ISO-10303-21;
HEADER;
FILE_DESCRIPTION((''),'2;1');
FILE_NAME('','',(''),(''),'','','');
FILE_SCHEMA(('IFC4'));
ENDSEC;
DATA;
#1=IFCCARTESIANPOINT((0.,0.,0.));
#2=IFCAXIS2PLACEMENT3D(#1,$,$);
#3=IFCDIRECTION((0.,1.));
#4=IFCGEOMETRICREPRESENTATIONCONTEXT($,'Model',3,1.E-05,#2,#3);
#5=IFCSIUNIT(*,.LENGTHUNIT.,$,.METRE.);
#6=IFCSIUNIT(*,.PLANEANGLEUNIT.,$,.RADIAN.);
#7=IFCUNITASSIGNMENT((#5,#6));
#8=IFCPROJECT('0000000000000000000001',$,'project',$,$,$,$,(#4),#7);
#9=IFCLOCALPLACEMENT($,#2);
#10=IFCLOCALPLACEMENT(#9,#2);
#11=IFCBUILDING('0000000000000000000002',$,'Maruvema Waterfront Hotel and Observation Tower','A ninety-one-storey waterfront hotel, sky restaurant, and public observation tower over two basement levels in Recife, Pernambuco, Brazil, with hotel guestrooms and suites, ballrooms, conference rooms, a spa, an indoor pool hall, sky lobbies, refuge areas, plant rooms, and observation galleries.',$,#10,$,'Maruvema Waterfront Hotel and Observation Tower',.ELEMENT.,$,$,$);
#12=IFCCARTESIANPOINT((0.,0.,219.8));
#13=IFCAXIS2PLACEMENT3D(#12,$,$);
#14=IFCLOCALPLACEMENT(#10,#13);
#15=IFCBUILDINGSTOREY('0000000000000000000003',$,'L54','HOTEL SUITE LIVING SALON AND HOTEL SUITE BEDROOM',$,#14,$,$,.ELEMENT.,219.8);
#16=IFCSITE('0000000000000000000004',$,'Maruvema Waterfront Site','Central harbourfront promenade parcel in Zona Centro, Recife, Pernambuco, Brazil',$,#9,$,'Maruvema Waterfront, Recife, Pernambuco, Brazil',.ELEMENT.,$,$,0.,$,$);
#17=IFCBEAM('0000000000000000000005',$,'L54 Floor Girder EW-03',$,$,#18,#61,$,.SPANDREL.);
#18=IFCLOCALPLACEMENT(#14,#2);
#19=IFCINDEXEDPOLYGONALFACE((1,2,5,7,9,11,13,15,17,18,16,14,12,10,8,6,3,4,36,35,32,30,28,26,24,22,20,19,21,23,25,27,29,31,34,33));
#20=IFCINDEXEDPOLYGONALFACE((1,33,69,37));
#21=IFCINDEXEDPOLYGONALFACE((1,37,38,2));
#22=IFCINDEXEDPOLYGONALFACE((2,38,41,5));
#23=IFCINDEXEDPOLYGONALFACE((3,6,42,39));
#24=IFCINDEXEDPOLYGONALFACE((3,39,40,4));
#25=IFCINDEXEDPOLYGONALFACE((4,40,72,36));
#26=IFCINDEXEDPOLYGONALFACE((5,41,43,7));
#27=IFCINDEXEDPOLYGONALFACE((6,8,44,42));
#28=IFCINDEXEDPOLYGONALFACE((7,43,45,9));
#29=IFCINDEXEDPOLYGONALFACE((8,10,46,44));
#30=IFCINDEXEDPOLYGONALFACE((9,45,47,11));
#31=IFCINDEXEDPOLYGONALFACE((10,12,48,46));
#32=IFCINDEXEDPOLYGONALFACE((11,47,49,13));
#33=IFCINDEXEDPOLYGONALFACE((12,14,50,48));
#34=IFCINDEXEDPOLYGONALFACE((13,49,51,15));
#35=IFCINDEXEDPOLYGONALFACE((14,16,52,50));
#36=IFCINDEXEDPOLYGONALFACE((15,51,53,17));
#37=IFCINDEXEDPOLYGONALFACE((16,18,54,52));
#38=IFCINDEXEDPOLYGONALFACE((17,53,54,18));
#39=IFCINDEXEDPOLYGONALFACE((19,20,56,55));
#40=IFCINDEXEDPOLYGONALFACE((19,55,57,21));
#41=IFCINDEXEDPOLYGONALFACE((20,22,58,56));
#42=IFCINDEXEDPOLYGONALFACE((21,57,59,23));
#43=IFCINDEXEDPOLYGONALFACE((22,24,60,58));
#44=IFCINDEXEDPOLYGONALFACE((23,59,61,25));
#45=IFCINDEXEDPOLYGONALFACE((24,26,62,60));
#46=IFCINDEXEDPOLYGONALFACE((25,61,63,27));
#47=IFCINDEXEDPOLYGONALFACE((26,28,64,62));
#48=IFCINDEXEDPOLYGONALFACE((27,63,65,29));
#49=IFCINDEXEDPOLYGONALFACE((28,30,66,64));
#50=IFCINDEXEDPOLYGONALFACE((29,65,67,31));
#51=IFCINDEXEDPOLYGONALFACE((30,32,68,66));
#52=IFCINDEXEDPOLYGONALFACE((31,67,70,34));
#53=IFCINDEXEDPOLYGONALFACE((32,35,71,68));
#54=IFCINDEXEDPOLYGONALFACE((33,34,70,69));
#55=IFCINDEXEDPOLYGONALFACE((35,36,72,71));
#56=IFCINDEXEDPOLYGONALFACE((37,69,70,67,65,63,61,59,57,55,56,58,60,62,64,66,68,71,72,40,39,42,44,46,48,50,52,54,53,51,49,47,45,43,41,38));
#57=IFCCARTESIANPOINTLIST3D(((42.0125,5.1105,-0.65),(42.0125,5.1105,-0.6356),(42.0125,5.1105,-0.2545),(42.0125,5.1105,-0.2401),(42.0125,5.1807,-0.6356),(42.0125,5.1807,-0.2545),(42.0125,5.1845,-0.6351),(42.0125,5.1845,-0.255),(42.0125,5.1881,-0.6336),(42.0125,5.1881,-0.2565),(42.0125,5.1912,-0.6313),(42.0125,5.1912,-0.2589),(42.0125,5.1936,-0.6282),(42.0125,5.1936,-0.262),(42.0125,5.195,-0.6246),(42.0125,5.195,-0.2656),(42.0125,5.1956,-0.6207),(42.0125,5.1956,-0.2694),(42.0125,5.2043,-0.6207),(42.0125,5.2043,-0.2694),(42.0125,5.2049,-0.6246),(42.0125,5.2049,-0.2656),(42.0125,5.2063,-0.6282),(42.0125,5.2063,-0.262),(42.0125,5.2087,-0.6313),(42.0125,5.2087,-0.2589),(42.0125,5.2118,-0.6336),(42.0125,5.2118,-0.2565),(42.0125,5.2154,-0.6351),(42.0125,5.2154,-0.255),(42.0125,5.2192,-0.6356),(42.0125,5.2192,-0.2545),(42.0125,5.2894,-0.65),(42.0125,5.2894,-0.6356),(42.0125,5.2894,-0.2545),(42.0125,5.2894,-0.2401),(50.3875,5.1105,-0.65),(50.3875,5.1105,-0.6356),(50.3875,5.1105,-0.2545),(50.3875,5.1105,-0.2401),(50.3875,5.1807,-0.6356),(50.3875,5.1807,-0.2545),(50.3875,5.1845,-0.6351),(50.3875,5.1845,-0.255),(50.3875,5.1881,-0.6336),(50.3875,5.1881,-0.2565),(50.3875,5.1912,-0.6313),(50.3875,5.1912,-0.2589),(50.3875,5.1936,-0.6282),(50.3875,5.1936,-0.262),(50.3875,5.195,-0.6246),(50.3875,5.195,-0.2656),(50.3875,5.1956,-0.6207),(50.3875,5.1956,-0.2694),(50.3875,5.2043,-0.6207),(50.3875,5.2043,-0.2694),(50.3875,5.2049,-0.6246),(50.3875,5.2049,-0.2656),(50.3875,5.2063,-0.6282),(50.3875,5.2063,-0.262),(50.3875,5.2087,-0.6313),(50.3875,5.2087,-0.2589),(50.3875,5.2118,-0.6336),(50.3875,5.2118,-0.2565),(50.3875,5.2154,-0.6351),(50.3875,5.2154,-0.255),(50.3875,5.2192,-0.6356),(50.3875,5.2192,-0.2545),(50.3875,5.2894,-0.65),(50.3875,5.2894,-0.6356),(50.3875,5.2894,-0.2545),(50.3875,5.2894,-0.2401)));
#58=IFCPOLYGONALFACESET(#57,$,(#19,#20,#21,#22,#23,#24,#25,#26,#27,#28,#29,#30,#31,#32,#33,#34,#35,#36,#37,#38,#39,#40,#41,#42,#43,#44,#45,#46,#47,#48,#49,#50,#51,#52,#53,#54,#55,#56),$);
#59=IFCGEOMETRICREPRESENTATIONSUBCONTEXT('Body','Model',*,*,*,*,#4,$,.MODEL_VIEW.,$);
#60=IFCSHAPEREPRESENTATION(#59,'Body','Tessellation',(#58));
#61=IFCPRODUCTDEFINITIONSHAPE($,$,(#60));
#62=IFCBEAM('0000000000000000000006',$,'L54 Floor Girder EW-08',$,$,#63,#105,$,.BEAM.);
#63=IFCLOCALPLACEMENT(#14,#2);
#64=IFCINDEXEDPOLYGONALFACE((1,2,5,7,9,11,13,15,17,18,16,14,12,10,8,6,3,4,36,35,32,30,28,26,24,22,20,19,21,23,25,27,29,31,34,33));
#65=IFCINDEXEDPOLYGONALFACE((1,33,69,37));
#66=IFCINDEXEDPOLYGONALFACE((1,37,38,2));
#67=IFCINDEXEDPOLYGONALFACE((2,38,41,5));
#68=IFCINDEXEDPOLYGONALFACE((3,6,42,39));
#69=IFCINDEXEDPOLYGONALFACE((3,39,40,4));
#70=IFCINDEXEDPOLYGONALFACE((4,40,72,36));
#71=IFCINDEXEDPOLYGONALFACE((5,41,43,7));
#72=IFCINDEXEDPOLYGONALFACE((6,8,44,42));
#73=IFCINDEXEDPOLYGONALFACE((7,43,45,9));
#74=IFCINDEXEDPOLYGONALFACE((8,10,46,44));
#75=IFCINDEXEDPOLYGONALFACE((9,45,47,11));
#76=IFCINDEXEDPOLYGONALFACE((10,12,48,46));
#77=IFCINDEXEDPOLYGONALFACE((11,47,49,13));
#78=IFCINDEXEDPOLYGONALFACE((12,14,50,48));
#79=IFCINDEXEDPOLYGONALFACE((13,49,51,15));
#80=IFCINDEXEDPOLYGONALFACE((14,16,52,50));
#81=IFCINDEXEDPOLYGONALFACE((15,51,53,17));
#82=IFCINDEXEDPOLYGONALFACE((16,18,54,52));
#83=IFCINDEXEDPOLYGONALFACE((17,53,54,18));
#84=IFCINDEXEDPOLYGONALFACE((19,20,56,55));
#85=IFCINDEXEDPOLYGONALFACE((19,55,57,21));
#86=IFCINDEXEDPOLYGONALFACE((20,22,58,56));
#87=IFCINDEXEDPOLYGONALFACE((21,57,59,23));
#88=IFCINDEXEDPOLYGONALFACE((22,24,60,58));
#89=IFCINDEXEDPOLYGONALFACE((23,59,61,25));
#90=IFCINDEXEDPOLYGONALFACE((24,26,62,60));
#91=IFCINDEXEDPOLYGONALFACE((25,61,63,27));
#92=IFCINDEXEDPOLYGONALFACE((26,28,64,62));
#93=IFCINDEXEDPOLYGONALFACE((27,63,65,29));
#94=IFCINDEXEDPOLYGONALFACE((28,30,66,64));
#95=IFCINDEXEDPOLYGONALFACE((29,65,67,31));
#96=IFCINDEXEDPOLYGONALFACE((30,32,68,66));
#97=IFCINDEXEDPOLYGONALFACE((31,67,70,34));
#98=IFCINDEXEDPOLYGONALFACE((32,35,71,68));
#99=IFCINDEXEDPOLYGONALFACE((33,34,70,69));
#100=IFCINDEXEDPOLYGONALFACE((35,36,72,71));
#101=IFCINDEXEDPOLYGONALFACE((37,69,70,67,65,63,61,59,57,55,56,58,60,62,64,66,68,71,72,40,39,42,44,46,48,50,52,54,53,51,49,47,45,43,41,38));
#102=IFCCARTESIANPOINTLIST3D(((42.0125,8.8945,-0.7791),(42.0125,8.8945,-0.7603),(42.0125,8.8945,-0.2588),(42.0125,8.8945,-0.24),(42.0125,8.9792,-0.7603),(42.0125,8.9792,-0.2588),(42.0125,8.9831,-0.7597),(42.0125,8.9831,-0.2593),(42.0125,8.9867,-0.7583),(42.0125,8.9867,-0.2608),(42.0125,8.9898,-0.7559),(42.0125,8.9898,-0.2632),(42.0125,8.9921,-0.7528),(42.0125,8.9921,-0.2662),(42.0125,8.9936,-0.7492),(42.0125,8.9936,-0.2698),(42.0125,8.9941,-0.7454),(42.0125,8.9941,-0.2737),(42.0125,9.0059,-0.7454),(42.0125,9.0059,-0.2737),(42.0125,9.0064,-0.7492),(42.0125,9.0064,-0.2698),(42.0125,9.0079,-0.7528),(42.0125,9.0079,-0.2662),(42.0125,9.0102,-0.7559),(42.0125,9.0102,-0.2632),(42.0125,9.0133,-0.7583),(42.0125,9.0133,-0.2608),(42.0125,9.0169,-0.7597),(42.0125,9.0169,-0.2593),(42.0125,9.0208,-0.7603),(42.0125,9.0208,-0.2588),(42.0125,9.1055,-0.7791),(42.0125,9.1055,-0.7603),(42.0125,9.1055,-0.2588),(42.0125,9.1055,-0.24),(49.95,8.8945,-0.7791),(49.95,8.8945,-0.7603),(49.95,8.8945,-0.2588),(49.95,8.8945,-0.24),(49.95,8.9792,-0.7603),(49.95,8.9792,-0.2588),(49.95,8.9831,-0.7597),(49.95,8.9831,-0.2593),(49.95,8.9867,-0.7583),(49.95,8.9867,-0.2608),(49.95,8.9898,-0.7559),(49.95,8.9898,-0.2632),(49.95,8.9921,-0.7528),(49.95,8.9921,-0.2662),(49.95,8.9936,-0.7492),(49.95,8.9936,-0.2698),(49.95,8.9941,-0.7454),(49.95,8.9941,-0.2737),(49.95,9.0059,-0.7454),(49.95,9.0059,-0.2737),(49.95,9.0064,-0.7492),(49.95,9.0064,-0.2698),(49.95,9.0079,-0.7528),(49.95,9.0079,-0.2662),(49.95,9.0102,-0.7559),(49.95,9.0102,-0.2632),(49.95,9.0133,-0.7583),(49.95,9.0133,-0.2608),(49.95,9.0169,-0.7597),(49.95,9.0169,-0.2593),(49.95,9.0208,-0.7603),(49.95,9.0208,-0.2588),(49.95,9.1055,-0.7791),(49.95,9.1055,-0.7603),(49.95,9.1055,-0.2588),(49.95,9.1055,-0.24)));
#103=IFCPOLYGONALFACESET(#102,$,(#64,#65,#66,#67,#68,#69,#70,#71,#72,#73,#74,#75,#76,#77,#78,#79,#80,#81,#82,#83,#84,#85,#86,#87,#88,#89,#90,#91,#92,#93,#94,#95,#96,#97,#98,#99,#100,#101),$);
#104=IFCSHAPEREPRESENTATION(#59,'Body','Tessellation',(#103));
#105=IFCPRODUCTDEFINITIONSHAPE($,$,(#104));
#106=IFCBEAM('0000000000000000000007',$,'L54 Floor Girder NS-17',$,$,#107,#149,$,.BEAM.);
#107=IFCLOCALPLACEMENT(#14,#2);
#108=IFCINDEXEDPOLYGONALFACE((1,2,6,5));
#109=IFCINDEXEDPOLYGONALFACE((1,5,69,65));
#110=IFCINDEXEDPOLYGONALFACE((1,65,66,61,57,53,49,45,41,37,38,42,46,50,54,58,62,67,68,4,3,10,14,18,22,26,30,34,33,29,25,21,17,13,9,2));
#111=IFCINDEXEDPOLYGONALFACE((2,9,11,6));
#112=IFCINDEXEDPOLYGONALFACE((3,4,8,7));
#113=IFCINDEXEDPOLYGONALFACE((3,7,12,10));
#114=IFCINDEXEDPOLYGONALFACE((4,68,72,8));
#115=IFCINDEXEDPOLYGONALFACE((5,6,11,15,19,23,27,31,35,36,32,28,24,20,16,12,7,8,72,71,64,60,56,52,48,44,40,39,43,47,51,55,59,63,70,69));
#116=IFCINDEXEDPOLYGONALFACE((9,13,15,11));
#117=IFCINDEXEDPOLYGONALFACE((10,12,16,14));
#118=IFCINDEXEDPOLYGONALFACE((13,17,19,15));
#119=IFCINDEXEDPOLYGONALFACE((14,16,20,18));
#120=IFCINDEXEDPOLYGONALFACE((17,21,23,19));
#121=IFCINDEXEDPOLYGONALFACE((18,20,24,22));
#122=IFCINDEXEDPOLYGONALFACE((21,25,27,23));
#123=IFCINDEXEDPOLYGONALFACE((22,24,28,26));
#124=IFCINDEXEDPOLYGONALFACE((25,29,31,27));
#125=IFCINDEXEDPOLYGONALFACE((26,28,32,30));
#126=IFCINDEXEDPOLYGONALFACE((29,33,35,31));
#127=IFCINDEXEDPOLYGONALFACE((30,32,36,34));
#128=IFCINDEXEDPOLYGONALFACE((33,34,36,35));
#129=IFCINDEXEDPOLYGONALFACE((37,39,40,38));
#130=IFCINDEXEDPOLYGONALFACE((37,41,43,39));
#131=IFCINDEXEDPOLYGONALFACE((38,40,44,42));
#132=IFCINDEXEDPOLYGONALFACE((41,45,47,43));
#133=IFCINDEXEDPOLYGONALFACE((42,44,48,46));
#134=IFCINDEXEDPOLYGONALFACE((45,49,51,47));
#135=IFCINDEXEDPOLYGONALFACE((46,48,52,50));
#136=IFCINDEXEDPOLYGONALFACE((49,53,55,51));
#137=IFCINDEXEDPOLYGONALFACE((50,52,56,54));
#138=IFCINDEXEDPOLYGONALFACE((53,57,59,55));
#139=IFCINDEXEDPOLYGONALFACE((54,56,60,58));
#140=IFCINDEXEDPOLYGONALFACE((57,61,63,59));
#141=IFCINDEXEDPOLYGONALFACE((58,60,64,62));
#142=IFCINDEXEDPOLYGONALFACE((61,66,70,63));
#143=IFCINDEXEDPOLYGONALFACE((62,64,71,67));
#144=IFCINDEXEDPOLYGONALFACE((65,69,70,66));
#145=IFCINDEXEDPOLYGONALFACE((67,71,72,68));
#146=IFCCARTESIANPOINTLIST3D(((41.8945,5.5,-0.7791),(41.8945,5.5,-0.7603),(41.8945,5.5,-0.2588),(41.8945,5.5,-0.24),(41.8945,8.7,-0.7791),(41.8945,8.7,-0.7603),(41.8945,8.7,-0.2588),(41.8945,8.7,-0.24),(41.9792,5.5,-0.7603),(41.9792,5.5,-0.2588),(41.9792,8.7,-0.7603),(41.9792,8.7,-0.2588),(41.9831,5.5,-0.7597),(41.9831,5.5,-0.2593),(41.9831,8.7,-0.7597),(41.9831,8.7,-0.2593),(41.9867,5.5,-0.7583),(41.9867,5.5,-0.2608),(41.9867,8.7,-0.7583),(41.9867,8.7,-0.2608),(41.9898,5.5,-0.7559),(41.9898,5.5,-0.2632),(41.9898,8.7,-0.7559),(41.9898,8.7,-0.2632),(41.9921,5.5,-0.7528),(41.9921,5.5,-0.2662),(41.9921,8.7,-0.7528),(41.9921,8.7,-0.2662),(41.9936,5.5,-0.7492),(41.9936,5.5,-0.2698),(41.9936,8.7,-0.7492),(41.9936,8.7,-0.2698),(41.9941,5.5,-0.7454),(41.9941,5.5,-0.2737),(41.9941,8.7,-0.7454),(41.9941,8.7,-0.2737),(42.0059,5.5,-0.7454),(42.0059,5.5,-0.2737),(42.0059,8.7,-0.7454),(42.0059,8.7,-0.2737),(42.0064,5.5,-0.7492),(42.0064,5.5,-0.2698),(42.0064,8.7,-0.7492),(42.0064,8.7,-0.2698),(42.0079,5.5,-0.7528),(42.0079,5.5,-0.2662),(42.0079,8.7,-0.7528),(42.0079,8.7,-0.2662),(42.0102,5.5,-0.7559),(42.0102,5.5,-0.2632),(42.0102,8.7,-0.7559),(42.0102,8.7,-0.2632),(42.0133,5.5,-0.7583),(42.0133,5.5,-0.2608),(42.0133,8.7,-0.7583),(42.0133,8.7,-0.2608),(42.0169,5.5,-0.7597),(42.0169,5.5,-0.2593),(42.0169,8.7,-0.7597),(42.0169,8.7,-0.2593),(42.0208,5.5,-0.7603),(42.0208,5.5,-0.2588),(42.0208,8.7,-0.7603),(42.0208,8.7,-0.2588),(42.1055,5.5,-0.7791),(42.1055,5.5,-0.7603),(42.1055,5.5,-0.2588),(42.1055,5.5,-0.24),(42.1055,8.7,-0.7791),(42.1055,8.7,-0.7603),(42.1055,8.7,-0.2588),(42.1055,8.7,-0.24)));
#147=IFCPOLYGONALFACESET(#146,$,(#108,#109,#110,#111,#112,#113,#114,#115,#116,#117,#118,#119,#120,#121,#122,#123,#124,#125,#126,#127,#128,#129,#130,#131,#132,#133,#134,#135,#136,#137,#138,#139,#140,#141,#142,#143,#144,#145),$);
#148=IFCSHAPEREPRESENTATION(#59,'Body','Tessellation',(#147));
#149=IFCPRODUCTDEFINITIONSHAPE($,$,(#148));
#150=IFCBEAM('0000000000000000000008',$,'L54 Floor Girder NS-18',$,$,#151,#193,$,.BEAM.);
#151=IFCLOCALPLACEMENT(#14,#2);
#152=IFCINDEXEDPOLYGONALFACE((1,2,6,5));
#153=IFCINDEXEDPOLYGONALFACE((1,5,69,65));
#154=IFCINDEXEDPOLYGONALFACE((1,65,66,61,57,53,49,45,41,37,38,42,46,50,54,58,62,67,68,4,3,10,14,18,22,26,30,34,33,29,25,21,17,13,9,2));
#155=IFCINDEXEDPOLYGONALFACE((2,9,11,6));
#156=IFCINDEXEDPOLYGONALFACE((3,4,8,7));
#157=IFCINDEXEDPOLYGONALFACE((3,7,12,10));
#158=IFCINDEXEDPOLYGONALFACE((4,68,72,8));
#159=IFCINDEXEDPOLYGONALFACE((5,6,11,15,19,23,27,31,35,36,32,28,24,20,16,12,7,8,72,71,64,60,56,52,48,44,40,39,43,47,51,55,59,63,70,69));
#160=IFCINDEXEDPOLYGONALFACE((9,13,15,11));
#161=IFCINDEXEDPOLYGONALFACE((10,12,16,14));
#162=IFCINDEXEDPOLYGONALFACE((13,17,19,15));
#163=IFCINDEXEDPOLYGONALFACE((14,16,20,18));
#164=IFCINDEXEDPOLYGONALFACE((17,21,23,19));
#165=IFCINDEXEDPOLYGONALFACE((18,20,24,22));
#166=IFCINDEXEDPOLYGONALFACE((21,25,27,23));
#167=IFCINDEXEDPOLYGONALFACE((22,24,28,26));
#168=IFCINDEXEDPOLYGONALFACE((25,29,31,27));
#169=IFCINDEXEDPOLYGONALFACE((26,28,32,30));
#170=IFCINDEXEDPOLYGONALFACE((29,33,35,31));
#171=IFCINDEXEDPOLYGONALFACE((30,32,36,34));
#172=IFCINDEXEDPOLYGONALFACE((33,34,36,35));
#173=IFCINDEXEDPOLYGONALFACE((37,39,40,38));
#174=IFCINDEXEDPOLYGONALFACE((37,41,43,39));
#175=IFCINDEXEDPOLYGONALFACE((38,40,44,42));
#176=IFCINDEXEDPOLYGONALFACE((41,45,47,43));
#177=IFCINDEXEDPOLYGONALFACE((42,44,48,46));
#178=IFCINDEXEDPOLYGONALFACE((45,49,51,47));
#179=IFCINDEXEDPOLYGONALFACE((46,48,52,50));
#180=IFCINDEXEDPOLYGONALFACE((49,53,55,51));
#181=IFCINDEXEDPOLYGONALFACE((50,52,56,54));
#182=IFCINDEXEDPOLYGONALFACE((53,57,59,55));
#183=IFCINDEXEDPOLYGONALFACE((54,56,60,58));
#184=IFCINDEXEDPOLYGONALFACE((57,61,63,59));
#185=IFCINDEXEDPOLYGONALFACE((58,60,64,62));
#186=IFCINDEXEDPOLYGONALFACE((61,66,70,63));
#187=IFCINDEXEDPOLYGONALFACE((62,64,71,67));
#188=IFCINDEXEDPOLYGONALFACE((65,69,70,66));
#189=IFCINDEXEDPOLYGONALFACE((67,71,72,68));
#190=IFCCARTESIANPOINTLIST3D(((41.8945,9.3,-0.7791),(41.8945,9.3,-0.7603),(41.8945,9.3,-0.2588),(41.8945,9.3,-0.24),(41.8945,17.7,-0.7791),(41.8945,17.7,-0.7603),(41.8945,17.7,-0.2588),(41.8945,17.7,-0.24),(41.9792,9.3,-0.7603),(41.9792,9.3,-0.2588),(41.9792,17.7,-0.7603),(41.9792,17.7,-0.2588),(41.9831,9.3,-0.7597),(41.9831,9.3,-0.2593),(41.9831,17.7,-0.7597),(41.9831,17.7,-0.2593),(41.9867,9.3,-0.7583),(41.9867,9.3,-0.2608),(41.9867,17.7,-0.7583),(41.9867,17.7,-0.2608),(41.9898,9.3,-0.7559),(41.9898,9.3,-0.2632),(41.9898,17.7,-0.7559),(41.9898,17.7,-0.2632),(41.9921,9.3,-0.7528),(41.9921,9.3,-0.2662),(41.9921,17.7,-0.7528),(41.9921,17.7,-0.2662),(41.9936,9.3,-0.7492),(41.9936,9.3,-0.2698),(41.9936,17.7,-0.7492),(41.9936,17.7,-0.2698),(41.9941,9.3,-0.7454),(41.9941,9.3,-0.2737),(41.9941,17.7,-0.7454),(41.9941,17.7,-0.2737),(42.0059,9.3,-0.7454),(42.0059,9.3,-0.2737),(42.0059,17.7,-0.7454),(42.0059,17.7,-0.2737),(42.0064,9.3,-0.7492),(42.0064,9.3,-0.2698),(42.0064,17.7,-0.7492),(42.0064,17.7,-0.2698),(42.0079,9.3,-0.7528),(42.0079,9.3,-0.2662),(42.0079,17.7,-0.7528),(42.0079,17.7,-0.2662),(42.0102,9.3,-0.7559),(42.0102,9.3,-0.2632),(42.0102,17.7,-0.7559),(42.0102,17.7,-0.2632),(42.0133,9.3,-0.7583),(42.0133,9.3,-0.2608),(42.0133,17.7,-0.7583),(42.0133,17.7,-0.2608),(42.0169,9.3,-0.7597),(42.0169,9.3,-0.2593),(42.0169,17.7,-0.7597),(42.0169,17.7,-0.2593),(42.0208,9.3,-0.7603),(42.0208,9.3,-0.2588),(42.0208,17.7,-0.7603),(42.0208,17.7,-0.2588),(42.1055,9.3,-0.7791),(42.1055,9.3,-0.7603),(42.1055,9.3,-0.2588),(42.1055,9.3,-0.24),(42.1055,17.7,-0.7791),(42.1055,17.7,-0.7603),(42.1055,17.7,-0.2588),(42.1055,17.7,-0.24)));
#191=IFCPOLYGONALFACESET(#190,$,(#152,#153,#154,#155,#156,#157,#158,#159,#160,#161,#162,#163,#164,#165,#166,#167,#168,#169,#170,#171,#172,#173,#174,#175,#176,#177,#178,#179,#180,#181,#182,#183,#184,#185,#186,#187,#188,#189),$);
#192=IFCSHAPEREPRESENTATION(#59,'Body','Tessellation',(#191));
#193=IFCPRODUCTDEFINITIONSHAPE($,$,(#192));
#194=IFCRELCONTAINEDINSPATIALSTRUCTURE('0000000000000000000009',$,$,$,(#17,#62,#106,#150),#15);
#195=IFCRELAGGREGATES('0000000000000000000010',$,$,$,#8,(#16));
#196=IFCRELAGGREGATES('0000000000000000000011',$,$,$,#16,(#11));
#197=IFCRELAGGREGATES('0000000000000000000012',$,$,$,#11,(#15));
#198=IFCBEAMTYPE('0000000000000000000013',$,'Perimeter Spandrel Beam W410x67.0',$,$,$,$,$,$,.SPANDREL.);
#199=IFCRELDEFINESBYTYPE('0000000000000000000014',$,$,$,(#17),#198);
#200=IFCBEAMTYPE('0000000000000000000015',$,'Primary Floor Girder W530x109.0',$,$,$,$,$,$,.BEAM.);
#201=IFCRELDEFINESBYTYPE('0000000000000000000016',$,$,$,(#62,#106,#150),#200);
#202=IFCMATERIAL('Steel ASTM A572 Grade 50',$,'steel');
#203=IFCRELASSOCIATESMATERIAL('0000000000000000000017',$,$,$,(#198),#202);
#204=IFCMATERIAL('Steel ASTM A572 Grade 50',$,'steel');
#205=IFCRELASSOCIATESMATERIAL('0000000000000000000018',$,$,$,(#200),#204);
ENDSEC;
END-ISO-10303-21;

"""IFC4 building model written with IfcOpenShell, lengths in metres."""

from ifc_helpers import new_model, si_unit, direction, frame, origin, origin_2d, place, context, subcontext, project, spatial, i_section, extrude, material, material_profile, profile_set, type_object, element, save


model = new_model("IFC4")

# Units and contexts
model_context = context("Model", 3, precision=1e-05, world=origin(), true_north=direction((0.0, 1.0)))
body_context = subcontext(model_context, "Body", "Model", "MODEL_VIEW")
ifc_project = project(units=[si_unit("LENGTHUNIT", "METRE"), si_unit("PLANEANGLEUNIT", "RADIAN")], contexts=[model_context])

# Site, building, storey
site_placement = place(None, origin())
site = spatial("IfcSite", under=ifc_project, at=site_placement, Name="Maruvema Waterfront Site", Description="Central harbourfront promenade parcel in Zona Centro, Recife, Pernambuco, Brazil", LongName="Maruvema Waterfront, Recife, Pernambuco, Brazil", CompositionType="ELEMENT", RefElevation=0.0)
building_placement = place(site_placement, origin())
building = spatial("IfcBuilding", under=site, at=building_placement, Name="Maruvema Waterfront Hotel and Observation Tower", Description="A ninety-one-storey waterfront hotel, sky restaurant, and public observation tower over two basement levels in Recife, Pernambuco, Brazil, with hotel guestrooms and suites, ballrooms, conference rooms, a spa, an indoor pool hall, sky lobbies, refuge areas, plant rooms, and observation galleries.", LongName="Maruvema Waterfront Hotel and Observation Tower", CompositionType="ELEMENT")
storey_placement = place(building_placement, frame((0.0, 0.0, 219.8)))
storey = spatial("IfcBuildingStorey", under=building, at=storey_placement, Name="L54", Description="HOTEL SUITE LIVING SALON AND HOTEL SUITE BEDROOM", CompositionType="ELEMENT", Elevation=219.8)

# Beams
ifc_material_1 = material(Name="Steel ASTM A572 Grade 50", Category="steel")
ifc_material_profile_1 = material_profile(ifc_material_1, i_section(OverallWidth=0.179, OverallDepth=0.4099, WebThickness=0.0088, FlangeThickness=0.0144, FilletRadius=0.0149, at=origin_2d()), Name="W410x67.0")
ifc_profile_set_1 = profile_set([ifc_material_profile_1], Name="Steel ASTM A572 Grade 50")
beam_type_1 = type_object("IfcBeamType", Name="Perimeter Spandrel Beam W410x67.0", PredefinedType="SPANDREL", material=ifc_profile_set_1)
beam_1_placement = place(storey_placement, frame((42.0125, 5.2, -0.4451), z_axis=(1.0, 0.0, 0.0), x_axis=(0.0, 1.0, 0.0)))
element("IfcBeam", 1, at=beam_1_placement, inside=storey, type_object=beam_type_1, Name="L54 Floor Girder EW-03", PredefinedType="SPANDREL", context=body_context, shape_type="SweptSolid", body=[
    extrude(i_section(OverallWidth=0.179, OverallDepth=0.4099, WebThickness=0.0088, FlangeThickness=0.0144, FilletRadius=0.0149, at=origin_2d()), origin(), (0.0, 0.0, 1.0), 8.375),
])
ifc_material_2 = material(Name="Steel ASTM A572 Grade 50", Category="steel")
ifc_material_profile_2 = material_profile(ifc_material_2, i_section(OverallWidth=0.2109, OverallDepth=0.5391, WebThickness=0.0117, FlangeThickness=0.0188, FilletRadius=0.0149, at=origin_2d()), Name="W530x109.0")
ifc_profile_set_2 = profile_set([ifc_material_profile_2], Name="Steel ASTM A572 Grade 50")
beam_type_2 = type_object("IfcBeamType", Name="Primary Floor Girder W530x109.0", PredefinedType="BEAM", material=ifc_profile_set_2)
beam_2_placement = place(storey_placement, frame((42.0125, 9.0, -0.5095), z_axis=(1.0, 0.0, 0.0), x_axis=(0.0, 1.0, 0.0)))
element("IfcBeam", 2, at=beam_2_placement, inside=storey, type_object=beam_type_2, Name="L54 Floor Girder EW-08", PredefinedType="BEAM", context=body_context, shape_type="SweptSolid", body=[
    extrude(i_section(OverallWidth=0.2109, OverallDepth=0.5391, WebThickness=0.0117, FlangeThickness=0.0188, FilletRadius=0.0149, at=origin_2d()), origin(), (0.0, 0.0, 1.0), 7.9375),
])
beam_3_placement = place(storey_placement, frame((42.0, 5.5, -0.5095), z_axis=(0.0, 1.0, 0.0), x_axis=(-1.0, 0.0, 0.0)))
element("IfcBeam", 3, at=beam_3_placement, inside=storey, type_object=beam_type_2, Name="L54 Floor Girder NS-17", PredefinedType="BEAM", context=body_context, shape_type="SweptSolid", body=[
    extrude(i_section(OverallWidth=0.2109, OverallDepth=0.5391, WebThickness=0.0117, FlangeThickness=0.0188, FilletRadius=0.0149, at=origin_2d()), origin(), (0.0, 0.0, 1.0), 3.2),
])
beam_4_placement = place(storey_placement, frame((42.0, 9.3, -0.5095), z_axis=(0.0, 1.0, 0.0), x_axis=(-1.0, 0.0, 0.0)))
element("IfcBeam", 4, at=beam_4_placement, inside=storey, type_object=beam_type_2, Name="L54 Floor Girder NS-18", PredefinedType="BEAM", context=body_context, shape_type="SweptSolid", body=[
    extrude(i_section(OverallWidth=0.2109, OverallDepth=0.5391, WebThickness=0.0117, FlangeThickness=0.0188, FilletRadius=0.0149, at=origin_2d()), origin(), (0.0, 0.0, 1.0), 8.3999),
])

save(model, "model.ifc")
